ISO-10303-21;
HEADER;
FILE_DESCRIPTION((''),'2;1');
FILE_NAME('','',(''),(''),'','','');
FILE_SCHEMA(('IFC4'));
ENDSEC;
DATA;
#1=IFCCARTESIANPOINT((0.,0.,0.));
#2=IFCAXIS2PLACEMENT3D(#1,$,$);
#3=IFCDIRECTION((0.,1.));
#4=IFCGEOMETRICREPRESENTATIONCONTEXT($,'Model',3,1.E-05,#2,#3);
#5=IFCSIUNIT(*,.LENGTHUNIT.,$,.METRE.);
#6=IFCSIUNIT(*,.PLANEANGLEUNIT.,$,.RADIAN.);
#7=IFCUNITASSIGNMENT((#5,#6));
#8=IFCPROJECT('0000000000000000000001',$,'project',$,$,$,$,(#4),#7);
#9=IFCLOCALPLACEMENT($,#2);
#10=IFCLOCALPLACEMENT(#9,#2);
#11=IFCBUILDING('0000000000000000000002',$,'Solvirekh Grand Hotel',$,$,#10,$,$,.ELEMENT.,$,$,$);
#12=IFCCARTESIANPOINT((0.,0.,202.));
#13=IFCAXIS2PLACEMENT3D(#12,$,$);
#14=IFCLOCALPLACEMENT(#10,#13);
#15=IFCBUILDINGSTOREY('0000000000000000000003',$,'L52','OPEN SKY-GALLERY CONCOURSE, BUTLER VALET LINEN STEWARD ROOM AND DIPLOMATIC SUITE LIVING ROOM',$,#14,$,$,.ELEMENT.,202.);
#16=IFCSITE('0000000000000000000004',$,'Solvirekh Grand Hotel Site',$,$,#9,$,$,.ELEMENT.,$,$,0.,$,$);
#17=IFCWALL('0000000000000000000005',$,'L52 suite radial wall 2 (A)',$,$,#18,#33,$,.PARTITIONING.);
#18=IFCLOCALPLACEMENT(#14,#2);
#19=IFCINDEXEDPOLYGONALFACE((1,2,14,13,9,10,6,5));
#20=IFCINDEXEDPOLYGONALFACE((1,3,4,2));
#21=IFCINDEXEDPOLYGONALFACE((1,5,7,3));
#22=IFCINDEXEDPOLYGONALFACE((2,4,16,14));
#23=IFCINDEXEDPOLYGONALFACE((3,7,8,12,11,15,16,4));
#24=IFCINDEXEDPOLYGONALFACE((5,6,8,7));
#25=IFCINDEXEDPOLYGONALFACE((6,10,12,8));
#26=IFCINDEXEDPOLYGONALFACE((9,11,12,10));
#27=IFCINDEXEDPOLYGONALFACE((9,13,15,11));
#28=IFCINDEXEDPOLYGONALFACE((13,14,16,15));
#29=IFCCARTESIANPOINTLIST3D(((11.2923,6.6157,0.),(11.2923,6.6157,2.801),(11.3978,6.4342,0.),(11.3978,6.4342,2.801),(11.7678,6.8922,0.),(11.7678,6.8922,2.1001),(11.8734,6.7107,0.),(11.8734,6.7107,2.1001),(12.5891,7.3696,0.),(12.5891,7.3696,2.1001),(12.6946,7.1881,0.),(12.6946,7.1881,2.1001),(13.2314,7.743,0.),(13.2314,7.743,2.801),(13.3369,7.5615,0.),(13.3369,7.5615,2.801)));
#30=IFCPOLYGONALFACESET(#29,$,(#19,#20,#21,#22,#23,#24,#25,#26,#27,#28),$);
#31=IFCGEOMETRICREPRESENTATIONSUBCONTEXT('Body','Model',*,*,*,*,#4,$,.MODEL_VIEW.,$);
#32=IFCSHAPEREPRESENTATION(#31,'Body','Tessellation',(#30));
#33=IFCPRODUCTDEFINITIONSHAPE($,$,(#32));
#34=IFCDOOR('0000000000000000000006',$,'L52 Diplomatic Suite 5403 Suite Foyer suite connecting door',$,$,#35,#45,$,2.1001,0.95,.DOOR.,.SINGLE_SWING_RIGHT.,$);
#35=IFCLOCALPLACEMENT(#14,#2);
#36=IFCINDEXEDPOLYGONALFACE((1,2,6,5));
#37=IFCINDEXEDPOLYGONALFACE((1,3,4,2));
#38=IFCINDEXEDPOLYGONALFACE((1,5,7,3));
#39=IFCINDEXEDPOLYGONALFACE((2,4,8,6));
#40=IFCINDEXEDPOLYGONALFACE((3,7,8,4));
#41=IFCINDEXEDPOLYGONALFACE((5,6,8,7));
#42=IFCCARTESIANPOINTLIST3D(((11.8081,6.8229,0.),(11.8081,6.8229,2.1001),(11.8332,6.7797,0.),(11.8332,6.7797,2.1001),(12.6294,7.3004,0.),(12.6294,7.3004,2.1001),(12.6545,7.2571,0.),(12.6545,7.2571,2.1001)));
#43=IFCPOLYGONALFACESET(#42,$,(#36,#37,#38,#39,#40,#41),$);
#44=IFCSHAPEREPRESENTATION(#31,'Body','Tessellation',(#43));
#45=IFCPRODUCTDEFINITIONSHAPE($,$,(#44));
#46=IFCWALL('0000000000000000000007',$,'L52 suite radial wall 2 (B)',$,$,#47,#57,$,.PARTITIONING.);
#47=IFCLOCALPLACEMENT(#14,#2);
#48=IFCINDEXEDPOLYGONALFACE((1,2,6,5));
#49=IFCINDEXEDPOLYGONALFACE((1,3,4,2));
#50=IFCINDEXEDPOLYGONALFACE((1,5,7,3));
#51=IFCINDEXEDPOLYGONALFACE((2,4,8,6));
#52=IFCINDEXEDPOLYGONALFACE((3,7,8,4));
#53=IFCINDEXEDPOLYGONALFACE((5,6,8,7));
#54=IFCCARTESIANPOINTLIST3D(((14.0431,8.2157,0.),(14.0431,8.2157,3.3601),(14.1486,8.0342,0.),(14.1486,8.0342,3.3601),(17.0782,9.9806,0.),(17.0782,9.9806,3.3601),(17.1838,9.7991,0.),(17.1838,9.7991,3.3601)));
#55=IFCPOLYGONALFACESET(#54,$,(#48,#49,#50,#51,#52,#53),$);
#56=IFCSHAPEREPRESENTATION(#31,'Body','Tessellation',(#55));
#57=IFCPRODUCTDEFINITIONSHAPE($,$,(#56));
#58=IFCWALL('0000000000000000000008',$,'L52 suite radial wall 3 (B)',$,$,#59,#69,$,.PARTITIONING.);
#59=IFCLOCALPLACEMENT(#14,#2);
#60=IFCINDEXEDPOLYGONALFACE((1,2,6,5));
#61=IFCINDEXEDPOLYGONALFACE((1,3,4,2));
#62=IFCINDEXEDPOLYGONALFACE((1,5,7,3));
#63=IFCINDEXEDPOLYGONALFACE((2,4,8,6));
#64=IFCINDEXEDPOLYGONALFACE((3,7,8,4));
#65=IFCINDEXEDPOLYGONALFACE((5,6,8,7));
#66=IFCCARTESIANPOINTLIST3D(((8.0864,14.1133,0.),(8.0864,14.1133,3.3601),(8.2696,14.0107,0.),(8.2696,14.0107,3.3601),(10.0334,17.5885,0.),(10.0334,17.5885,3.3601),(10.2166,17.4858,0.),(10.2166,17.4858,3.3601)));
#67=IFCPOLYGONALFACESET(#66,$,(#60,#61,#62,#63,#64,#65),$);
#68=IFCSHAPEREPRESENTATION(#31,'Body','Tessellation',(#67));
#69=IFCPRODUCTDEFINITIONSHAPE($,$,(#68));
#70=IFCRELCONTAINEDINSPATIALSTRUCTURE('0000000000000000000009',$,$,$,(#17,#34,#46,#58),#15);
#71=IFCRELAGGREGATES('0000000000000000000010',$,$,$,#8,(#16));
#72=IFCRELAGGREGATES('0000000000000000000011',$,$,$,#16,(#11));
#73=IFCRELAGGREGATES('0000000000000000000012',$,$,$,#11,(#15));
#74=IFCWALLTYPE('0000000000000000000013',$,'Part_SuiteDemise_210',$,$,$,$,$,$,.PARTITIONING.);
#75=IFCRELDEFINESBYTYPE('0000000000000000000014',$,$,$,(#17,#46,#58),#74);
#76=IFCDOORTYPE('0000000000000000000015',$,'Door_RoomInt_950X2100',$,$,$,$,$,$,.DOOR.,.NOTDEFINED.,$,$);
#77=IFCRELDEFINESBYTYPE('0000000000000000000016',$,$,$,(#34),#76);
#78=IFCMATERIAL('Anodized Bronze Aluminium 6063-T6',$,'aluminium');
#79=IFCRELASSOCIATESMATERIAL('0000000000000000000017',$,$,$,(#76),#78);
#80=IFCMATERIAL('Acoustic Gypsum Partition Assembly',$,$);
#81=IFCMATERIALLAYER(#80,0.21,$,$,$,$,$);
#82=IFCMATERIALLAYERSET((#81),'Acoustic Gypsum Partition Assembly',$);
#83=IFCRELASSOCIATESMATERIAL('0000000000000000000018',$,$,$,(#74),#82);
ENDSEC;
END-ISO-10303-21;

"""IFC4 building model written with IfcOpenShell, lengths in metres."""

from ifc_helpers import new_model, si_unit, direction, frame, frame_2d, origin, place, context, subcontext, project, spatial, rectangle, extrude, material, layer, layer_set, type_object, element, fill, save


model = new_model("IFC4")

# Units and contexts
model_context = context("Model", 3, precision=1e-05, world=origin(), true_north=direction((0.0, 1.0)))
body_context = subcontext(model_context, "Body", "Model", "MODEL_VIEW")
ifc_project = project(units=[si_unit("LENGTHUNIT", "METRE"), si_unit("PLANEANGLEUNIT", "RADIAN")], contexts=[model_context])

# Site, building, storey
site_placement = place(None, origin())
site = spatial("IfcSite", under=ifc_project, at=site_placement, Name="Solvirekh Grand Hotel Site", CompositionType="ELEMENT", RefElevation=0.0)
building_placement = place(site_placement, origin())
building = spatial("IfcBuilding", under=site, at=building_placement, Name="Solvirekh Grand Hotel", CompositionType="ELEMENT")
storey_placement = place(building_placement, frame((0.0, 0.0, 202.0)))
storey = spatial("IfcBuildingStorey", under=building, at=storey_placement, Name="L52", Description="OPEN SKY-GALLERY CONCOURSE, BUTLER VALET LINEN STEWARD ROOM AND DIPLOMATIC SUITE LIVING ROOM", CompositionType="ELEMENT", Elevation=202.0)

# Shared definitions
ifc_material_1 = material(Name="Anodized Bronze Aluminium 6063-T6", Category="aluminium")

# Shared definitions
ifc_material_2 = material(Name="Acoustic Gypsum Partition Assembly")

# Wall, opening, door
door_type = type_object("IfcDoorType", Name="Door_RoomInt_950X2100", OperationType="NOTDEFINED", PredefinedType="DOOR", material=ifc_material_1)
ifc_layer_1 = layer(ifc_material_2, 0.21)
ifc_layer_set_1 = layer_set([ifc_layer_1], Name="Acoustic Gypsum Partition Assembly")
wall_type_1 = type_object("IfcWallType", Name="Part_SuiteDemise_210", PredefinedType="PARTITIONING", material=ifc_layer_set_1)
wall_1_placement = place(storey_placement, frame((11.345, 6.5249, 0.0), z_axis=(0.0, 0.0, 1.0), x_axis=(0.864528, 0.502585, 0.0)))
wall_1 = element("IfcWall", 1, at=wall_1_placement, inside=storey, type_object=wall_type_1, Name="L52 suite radial wall 2 (A)", PredefinedType="PARTITIONING", context=body_context, shape_type="SweptSolid", body=[
    extrude(rectangle(XDim=2.2429, YDim=0.21, at=frame_2d((1.1216, 0.0))), origin(), (0.0, 0.0, 1.0), 2.801),
])
opening_1_placement = place(wall_1_placement, frame((0.55, 0.0, 0.0)))
opening_1 = element("IfcOpeningElement", 2, at=opening_1_placement, cuts=wall_1, PredefinedType="OPENING", context=body_context, shape_type="SweptSolid", body=[
    extrude(rectangle(XDim=0.95, YDim=2.1001, at=frame_2d((0.4751, 1.05))), frame((0.0, 0.115, 0.0), z_axis=(0.0, -1.0, 0.0), x_axis=(1.0, 0.0, 0.0)), (0.0, 0.0, 1.0), 0.23),
])
door_1_placement = place(opening_1_placement, origin())
door_1 = element("IfcDoor", 3, at=door_1_placement, inside=storey, type_object=door_type, Name="L52 Diplomatic Suite 5403 Suite Foyer suite connecting door", OperationType="SINGLE_SWING_RIGHT", OverallHeight=2.1001, OverallWidth=0.95, PredefinedType="DOOR", context=body_context, shape_type="SweptSolid", body=[
    extrude(rectangle(XDim=0.95, YDim=2.1001, at=frame_2d((0.4751, 1.05))), frame((0.0, 0.0249, 0.0), z_axis=(0.0, -1.0, 0.0), x_axis=(1.0, 0.0, 0.0)), (0.0, 0.0, 1.0), 0.05),
])
fill(opening_1, door_1)

# Walls
wall_2_placement = place(storey_placement, frame((14.0959, 8.125, 0.0), z_axis=(0.0, 0.0, 1.0), x_axis=(0.864474, 0.502677, 0.0)))
element("IfcWall", 4, at=wall_2_placement, inside=storey, type_object=wall_type_1, Name="L52 suite radial wall 2 (B)", PredefinedType="PARTITIONING", context=body_context, shape_type="SweptSolid", body=[
    extrude(rectangle(XDim=3.511, YDim=0.21, at=frame_2d((1.7554, 0.0))), origin(), (0.0, 0.0, 1.0), 3.3601),
])
wall_3_placement = place(storey_placement, frame((8.178, 14.062, 0.0), z_axis=(0.0, 0.0, 1.0), x_axis=(0.488788, 0.872403, 0.0)))
element("IfcWall", 5, at=wall_3_placement, inside=storey, type_object=wall_type_1, Name="L52 suite radial wall 3 (B)", PredefinedType="PARTITIONING", context=body_context, shape_type="SweptSolid", body=[
    extrude(rectangle(XDim=3.9834, YDim=0.21, at=frame_2d((1.9917, 0.0))), origin(), (0.0, 0.0, 1.0), 3.3601),
])

save(model, "model.ifc")
